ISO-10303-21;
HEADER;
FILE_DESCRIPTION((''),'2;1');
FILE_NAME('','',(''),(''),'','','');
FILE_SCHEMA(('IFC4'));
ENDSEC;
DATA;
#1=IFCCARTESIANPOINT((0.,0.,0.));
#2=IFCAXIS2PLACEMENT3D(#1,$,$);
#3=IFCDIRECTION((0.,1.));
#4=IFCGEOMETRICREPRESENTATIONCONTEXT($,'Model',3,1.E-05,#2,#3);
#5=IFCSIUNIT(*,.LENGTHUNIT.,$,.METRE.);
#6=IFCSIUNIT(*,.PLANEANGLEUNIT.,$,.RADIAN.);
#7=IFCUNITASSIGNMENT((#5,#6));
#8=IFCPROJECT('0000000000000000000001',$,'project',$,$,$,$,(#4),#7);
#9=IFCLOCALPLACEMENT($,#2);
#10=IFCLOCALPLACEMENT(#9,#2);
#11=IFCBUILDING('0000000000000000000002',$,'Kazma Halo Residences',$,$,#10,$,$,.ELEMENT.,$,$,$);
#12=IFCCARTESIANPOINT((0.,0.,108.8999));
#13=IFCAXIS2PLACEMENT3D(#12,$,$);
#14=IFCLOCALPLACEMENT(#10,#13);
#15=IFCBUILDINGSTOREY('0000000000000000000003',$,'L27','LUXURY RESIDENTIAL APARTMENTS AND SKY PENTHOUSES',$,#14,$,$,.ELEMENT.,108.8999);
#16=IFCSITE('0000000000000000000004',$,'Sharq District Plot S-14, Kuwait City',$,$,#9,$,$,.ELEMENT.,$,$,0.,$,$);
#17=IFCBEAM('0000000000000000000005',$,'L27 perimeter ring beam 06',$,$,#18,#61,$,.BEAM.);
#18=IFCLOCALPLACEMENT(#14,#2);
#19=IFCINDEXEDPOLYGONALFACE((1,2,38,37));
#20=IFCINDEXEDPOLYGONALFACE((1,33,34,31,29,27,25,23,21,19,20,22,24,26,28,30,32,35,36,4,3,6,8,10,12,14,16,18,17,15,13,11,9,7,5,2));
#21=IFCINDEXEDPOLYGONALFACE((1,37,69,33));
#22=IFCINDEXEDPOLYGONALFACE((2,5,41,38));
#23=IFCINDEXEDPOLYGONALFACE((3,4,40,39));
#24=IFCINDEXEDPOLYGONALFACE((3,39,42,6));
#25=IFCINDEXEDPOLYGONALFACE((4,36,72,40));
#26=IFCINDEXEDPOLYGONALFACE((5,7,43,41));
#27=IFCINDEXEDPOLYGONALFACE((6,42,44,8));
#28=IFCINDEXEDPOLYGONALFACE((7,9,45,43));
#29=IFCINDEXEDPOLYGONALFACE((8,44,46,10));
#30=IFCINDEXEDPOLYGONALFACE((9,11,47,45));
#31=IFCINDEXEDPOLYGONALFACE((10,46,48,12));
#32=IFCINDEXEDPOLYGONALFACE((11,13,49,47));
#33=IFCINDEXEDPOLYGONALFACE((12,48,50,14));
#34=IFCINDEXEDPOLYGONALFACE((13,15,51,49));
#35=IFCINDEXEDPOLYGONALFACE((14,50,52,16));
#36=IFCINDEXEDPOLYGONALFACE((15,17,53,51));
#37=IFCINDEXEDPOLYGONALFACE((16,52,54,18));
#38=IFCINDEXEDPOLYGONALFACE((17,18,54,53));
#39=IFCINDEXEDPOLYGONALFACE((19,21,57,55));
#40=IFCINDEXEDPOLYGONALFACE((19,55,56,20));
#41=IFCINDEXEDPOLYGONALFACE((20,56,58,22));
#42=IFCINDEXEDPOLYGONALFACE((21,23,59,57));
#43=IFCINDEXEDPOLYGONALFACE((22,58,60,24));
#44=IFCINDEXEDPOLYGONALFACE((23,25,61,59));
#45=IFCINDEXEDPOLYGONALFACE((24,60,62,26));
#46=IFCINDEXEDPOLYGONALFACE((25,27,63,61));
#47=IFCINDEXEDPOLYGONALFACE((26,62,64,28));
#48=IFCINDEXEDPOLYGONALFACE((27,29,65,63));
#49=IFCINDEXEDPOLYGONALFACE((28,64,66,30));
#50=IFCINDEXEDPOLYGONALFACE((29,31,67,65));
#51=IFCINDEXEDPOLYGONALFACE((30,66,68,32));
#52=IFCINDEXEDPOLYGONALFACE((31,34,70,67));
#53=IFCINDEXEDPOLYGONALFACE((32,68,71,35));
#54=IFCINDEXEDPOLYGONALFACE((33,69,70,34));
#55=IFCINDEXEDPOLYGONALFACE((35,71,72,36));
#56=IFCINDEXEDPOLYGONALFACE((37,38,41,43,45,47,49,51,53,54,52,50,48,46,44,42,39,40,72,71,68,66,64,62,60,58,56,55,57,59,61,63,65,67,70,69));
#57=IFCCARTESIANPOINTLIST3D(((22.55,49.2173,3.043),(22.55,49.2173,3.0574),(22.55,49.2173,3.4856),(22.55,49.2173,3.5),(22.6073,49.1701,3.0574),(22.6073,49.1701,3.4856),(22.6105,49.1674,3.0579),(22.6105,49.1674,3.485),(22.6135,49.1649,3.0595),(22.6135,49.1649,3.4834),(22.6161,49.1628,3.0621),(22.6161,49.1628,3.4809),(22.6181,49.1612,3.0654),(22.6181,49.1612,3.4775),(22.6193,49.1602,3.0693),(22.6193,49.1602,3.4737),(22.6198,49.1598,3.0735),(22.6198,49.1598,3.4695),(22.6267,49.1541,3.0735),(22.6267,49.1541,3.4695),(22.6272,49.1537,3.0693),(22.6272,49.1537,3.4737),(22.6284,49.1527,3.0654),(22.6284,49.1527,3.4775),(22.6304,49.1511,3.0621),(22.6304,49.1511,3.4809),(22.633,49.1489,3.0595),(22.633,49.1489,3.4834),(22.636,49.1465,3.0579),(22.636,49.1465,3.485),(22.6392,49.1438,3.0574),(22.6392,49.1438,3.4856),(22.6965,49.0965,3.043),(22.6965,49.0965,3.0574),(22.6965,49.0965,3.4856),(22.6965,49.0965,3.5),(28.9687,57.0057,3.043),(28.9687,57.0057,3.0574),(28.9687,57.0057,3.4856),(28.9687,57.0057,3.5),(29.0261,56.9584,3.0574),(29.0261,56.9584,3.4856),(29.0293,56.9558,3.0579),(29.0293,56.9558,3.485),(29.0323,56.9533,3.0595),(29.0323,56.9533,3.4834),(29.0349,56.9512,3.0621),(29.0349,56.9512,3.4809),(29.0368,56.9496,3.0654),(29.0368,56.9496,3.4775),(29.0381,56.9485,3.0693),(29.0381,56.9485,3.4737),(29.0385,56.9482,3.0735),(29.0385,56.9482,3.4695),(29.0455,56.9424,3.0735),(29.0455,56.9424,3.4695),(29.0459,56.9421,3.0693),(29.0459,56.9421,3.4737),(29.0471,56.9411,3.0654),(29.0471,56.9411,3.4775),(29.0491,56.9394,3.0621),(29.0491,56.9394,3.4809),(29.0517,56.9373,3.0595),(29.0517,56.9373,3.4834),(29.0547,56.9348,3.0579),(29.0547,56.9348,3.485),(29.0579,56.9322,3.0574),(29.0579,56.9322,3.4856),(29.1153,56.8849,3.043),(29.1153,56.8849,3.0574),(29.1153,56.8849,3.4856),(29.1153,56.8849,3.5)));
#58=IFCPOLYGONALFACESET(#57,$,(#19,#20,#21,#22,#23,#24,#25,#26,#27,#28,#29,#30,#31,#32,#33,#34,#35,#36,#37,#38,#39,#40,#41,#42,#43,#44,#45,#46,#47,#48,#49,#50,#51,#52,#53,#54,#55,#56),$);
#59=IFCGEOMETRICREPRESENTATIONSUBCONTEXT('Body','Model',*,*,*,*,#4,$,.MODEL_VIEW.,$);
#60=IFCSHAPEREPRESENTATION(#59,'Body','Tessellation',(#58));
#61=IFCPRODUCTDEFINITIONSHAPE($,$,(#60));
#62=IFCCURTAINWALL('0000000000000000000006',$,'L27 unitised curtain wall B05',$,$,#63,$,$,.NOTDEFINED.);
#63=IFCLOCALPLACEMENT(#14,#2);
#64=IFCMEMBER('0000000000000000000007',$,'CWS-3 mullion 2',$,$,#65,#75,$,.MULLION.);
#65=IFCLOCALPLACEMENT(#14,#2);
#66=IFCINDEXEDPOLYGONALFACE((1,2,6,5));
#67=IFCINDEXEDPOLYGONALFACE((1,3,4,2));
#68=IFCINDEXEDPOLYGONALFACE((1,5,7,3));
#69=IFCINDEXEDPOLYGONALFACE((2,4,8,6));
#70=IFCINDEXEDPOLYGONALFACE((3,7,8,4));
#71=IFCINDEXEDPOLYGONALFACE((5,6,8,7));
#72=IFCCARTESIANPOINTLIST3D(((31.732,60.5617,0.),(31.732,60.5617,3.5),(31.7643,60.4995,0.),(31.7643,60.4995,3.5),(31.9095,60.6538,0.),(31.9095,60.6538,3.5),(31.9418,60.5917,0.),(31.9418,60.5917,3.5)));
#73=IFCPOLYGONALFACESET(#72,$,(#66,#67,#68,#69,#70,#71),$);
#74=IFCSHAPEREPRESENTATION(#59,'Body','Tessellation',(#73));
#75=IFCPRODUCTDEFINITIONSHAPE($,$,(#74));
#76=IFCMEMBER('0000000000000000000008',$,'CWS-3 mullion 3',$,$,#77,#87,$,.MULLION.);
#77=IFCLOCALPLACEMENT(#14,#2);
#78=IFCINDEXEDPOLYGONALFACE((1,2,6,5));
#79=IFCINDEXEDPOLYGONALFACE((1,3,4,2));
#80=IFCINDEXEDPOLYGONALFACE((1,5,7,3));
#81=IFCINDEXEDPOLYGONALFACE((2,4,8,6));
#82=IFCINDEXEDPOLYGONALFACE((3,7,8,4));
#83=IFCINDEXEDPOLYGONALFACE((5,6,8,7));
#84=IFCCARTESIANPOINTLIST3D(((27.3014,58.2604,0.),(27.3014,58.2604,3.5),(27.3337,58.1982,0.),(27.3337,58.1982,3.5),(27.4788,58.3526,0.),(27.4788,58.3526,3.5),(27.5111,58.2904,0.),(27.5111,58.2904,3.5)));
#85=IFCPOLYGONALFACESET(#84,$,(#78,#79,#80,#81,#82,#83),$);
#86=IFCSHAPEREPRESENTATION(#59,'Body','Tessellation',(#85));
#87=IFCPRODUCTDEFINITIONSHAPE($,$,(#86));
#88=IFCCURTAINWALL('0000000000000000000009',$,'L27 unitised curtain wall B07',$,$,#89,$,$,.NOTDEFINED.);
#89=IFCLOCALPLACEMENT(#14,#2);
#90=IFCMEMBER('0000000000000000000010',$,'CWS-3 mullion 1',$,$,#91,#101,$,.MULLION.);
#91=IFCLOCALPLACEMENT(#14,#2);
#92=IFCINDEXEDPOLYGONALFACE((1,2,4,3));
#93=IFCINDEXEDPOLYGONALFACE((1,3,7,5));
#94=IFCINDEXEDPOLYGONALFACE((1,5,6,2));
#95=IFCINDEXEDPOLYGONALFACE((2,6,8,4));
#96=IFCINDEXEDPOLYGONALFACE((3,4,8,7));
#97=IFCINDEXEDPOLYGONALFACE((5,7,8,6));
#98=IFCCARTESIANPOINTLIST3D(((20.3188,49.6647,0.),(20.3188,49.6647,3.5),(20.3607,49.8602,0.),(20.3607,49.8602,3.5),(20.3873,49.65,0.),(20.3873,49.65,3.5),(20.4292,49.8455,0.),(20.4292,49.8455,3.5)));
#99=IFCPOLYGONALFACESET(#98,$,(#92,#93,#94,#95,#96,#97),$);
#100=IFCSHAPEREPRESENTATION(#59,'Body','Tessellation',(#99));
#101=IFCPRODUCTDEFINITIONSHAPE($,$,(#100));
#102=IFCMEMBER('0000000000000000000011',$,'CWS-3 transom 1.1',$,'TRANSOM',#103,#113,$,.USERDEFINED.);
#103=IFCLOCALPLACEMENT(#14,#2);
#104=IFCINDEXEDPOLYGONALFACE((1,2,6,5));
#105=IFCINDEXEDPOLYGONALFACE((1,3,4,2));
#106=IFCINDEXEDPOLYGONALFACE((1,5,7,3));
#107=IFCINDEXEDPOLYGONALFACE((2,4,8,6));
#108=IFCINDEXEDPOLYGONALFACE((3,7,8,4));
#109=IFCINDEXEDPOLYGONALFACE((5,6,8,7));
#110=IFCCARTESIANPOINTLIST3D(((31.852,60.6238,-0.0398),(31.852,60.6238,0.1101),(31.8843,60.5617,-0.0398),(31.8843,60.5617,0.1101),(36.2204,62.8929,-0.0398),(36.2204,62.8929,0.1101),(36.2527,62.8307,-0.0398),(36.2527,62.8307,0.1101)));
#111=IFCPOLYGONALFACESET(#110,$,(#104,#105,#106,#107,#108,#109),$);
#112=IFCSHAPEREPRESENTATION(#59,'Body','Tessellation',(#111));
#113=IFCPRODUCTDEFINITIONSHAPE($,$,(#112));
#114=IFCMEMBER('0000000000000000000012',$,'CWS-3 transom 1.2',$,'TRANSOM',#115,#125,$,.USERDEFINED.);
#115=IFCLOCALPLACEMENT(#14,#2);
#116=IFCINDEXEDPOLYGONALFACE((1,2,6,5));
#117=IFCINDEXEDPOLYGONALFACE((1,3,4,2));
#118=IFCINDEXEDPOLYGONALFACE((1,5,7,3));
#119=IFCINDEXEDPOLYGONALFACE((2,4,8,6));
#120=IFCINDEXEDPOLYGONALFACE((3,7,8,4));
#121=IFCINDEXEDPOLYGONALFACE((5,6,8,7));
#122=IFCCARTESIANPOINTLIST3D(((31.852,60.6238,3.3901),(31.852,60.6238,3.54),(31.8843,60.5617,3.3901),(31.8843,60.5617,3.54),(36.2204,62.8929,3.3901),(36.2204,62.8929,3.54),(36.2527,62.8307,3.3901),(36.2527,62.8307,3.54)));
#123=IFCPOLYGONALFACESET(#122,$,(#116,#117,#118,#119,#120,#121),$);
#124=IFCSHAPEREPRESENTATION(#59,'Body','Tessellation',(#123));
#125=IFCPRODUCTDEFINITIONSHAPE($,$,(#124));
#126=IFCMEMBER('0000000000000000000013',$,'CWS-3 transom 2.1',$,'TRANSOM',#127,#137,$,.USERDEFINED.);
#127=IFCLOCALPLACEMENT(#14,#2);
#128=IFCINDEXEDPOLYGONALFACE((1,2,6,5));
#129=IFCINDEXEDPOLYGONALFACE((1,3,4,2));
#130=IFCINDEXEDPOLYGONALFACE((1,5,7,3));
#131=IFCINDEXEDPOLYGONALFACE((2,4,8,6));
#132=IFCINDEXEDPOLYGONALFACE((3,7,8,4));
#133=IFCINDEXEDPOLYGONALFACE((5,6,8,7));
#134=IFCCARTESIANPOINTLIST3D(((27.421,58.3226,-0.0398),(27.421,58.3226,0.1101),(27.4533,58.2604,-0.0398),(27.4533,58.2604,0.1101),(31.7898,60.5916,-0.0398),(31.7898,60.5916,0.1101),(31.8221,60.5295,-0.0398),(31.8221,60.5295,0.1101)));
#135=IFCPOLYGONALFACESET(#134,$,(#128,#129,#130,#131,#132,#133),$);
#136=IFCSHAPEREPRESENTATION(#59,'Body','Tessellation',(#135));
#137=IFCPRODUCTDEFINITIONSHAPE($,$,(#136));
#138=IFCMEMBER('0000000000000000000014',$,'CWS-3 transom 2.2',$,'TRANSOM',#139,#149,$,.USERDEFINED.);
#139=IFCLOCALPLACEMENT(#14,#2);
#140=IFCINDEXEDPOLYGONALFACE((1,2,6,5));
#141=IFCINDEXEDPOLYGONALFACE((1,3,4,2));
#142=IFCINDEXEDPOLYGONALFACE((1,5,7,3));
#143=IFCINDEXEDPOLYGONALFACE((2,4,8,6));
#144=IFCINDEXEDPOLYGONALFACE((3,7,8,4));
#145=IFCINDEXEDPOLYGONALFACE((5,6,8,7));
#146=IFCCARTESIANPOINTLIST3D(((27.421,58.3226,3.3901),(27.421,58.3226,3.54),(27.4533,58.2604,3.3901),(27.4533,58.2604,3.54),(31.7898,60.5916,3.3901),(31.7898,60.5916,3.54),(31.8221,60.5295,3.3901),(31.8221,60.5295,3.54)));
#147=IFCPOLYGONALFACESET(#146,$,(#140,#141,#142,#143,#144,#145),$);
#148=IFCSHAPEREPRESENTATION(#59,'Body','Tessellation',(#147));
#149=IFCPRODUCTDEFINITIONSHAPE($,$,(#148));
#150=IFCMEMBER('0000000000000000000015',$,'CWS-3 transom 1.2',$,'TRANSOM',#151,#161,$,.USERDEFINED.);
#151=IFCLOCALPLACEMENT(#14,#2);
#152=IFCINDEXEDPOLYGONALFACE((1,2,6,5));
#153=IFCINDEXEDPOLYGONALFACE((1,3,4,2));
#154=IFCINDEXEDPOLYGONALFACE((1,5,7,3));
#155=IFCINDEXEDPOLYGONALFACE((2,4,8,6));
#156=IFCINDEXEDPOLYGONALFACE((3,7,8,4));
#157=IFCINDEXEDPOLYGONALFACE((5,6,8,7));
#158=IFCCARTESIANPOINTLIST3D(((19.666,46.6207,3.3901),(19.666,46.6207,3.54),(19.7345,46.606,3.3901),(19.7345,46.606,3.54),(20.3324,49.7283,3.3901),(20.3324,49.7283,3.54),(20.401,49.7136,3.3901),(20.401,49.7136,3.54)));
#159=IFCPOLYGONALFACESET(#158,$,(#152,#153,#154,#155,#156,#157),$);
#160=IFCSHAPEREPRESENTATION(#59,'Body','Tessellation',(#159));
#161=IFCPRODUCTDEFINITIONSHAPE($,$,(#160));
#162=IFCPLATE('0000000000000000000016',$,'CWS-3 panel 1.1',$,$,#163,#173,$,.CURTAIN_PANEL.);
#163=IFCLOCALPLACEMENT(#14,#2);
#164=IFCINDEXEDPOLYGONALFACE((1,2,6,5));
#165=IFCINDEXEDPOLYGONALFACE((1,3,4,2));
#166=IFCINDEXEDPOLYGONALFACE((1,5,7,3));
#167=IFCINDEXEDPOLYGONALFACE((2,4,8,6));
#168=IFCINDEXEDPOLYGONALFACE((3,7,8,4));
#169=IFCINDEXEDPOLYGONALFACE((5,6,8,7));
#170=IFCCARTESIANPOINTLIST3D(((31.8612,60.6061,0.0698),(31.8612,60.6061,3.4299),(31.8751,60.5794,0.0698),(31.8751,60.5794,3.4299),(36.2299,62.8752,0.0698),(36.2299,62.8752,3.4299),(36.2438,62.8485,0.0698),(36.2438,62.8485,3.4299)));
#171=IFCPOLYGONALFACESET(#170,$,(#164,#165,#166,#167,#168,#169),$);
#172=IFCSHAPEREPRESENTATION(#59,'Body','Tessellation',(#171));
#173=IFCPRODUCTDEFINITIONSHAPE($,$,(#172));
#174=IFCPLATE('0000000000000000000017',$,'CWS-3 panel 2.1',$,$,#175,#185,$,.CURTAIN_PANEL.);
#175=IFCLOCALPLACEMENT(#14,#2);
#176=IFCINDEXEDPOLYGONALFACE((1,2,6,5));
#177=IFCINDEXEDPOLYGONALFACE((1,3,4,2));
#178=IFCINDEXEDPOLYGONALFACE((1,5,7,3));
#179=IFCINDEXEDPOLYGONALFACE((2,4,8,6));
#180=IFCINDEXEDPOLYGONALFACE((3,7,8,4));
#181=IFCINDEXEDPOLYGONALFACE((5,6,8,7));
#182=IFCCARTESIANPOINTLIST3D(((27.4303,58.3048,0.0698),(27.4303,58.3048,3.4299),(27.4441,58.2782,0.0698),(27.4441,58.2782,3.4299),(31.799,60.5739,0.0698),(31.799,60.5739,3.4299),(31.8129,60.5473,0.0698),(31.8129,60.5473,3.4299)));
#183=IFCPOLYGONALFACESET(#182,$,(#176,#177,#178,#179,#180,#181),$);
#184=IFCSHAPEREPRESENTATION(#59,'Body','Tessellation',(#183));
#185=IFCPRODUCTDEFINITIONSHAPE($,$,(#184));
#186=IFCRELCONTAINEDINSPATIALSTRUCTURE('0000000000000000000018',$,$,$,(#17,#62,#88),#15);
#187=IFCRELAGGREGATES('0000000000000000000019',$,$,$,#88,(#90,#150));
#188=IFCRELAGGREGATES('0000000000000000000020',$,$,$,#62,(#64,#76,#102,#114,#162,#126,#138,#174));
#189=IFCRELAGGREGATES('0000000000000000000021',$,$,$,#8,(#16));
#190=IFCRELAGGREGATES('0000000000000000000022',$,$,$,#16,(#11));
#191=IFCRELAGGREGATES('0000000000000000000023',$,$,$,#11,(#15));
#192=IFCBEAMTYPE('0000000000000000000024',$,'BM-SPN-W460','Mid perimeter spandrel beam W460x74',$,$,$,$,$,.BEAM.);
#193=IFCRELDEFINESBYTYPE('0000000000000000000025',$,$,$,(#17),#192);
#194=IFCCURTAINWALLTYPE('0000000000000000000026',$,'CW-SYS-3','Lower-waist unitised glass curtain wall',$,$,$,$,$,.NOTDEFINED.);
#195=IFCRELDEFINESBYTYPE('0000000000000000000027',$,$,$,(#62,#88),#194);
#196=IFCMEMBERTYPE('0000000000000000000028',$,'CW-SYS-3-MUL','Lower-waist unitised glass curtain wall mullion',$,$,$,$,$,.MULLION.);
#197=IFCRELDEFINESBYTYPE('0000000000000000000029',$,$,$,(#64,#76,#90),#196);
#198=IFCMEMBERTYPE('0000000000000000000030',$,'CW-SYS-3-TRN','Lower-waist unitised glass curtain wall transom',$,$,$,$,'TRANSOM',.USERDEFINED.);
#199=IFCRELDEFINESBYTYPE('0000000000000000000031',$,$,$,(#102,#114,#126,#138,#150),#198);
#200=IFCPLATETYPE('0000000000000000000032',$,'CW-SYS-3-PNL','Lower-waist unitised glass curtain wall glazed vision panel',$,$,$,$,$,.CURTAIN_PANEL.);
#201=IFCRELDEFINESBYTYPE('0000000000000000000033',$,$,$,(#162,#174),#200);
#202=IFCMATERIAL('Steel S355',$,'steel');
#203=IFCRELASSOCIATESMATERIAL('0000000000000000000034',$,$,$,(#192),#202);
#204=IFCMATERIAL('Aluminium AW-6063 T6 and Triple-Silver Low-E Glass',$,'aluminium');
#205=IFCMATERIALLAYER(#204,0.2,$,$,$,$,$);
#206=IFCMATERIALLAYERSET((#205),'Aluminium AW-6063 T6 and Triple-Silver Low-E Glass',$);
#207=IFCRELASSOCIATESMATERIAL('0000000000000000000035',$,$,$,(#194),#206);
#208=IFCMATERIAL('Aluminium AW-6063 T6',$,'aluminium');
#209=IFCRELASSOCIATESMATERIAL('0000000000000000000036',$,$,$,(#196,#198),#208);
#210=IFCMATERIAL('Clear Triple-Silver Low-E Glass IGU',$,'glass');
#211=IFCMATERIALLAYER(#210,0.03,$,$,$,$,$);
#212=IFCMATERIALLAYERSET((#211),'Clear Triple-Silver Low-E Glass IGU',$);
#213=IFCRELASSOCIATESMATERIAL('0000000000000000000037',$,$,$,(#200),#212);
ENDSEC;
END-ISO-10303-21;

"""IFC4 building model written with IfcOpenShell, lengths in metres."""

from ifc_helpers import new_model, si_unit, direction, frame, origin, origin_2d, place, context, subcontext, project, spatial, rectangle, i_section, extrude, material, layer, layer_set, material_profile, profile_set, type_object, element, aggregate, save


model = new_model("IFC4")

# Units and contexts
model_context = context("Model", 3, precision=1e-05, world=origin(), true_north=direction((0.0, 1.0)))
body_context = subcontext(model_context, "Body", "Model", "MODEL_VIEW")
ifc_project = project(units=[si_unit("LENGTHUNIT", "METRE"), si_unit("PLANEANGLEUNIT", "RADIAN")], contexts=[model_context])

# Site, building, storey
site_placement = place(None, origin())
site = spatial("IfcSite", under=ifc_project, at=site_placement, Name="Sharq District Plot S-14, Kuwait City", CompositionType="ELEMENT", RefElevation=0.0)
building_placement = place(site_placement, origin())
building = spatial("IfcBuilding", under=site, at=building_placement, Name="Kazma Halo Residences", CompositionType="ELEMENT")
storey_placement = place(building_placement, frame((0.0, 0.0, 108.8999)))
storey = spatial("IfcBuildingStorey", under=building, at=storey_placement, Name="L27", Description="LUXURY RESIDENTIAL APARTMENTS AND SKY PENTHOUSES", CompositionType="ELEMENT", Elevation=108.8999)

# Beam
ifc_material_1 = material(Name="Steel S355", Category="steel")
ifc_material_profile_1 = material_profile(ifc_material_1, i_section(OverallWidth=0.1899, OverallDepth=0.457, WebThickness=0.009, FlangeThickness=0.0144, FilletRadius=0.0161, at=origin_2d()), Name="W460x74")
ifc_profile_set_1 = profile_set([ifc_material_profile_1], Name="Steel S355")
beam_type_1 = type_object("IfcBeamType", Name="BM-SPN-W460", Description="Mid perimeter spandrel beam W460x74", PredefinedType="BEAM", material=ifc_profile_set_1)
beam_1_placement = place(storey_placement, frame((29.042, 56.9453, 3.2715), z_axis=(-0.63599, -0.771698, 0.0), x_axis=(0.771698, -0.63599, 0.0)))
element("IfcBeam", 1, at=beam_1_placement, inside=storey, type_object=beam_type_1, Name="L27 perimeter ring beam 06", PredefinedType="BEAM", context=body_context, shape_type="SweptSolid", body=[
    extrude(i_section(OverallWidth=0.1899, OverallDepth=0.457, WebThickness=0.009, FlangeThickness=0.0144, FilletRadius=0.0161, at=origin_2d()), origin(), (0.0, 0.0, 1.0), 10.0925),
])

# Curtain wall, members
ifc_material_2 = material(Name="Aluminium AW-6063 T6 and Triple-Silver Low-E Glass", Category="aluminium")
ifc_layer_1 = layer(ifc_material_2, 0.2)
ifc_layer_set_1 = layer_set([ifc_layer_1], Name="Aluminium AW-6063 T6 and Triple-Silver Low-E Glass")
curtain_wall_type = type_object("IfcCurtainWallType", Name="CW-SYS-3", Description="Lower-waist unitised glass curtain wall", PredefinedType="NOTDEFINED", material=ifc_layer_set_1)
curtain_wall_1_placement = place(storey_placement, origin())
curtain_wall_1 = element("IfcCurtainWall", 2, at=curtain_wall_1_placement, inside=storey, type_object=curtain_wall_type, Name="L27 unitised curtain wall B05", PredefinedType="NOTDEFINED")
ifc_material_3 = material(Name="Aluminium AW-6063 T6", Category="aluminium")
ifc_material_profile_2 = material_profile(ifc_material_3, rectangle(XDim=0.0701, YDim=0.2, at=origin_2d()), Name="CWM-70x200")
ifc_profile_set_2 = profile_set([ifc_material_profile_2], Name="Aluminium AW-6063 T6")
member_type_1 = type_object("IfcMemberType", Name="CW-SYS-3-MUL", Description="Lower-waist unitised glass curtain wall mullion", PredefinedType="MULLION", material=ifc_profile_set_2)
member_1_placement = place(storey_placement, frame((31.8369, 60.5767, 0.0), z_axis=(0.0, 0.0, 1.0), x_axis=(0.460932, -0.887435, 0.0)))
member_1 = element("IfcMember", 3, at=member_1_placement, type_object=member_type_1, Name="CWS-3 mullion 2", PredefinedType="MULLION", context=body_context, shape_type="SweptSolid", body=[
    extrude(rectangle(XDim=0.0701, YDim=0.2, at=origin_2d()), origin(), (0.0, 0.0, 1.0), 3.5),
])
member_2_placement = place(storey_placement, frame((27.4062, 58.2754, 0.0), z_axis=(0.0, 0.0, 1.0), x_axis=(0.460932, -0.887435, 0.0)))
member_2 = element("IfcMember", 4, at=member_2_placement, type_object=member_type_1, Name="CWS-3 mullion 3", PredefinedType="MULLION", context=body_context, shape_type="SweptSolid", body=[
    extrude(rectangle(XDim=0.0701, YDim=0.2, at=origin_2d()), origin(), (0.0, 0.0, 1.0), 3.5),
])

# Curtain wall, member
curtain_wall_2_placement = place(storey_placement, origin())
curtain_wall_2 = element("IfcCurtainWall", 5, at=curtain_wall_2_placement, inside=storey, type_object=curtain_wall_type, Name="L27 unitised curtain wall B07", PredefinedType="NOTDEFINED")
member_3_placement = place(storey_placement, frame((20.374, 49.7551, 0.0), z_axis=(0.0, 0.0, 1.0), x_axis=(0.977774, -0.209661, 0.0)))
member_3 = element("IfcMember", 6, at=member_3_placement, type_object=member_type_1, Name="CWS-3 mullion 1", PredefinedType="MULLION", context=body_context, shape_type="SweptSolid", body=[
    extrude(rectangle(XDim=0.0701, YDim=0.2, at=origin_2d()), origin(), (0.0, 0.0, 1.0), 3.5),
])

# Members
ifc_material_profile_3 = material_profile(ifc_material_3, rectangle(XDim=0.0701, YDim=0.1499, at=origin_2d()), Name="CWT-70x150")
ifc_profile_set_3 = profile_set([ifc_material_profile_3], Name="Aluminium AW-6063 T6")
member_type_2 = type_object("IfcMemberType", Name="CW-SYS-3-TRN", Description="Lower-waist unitised glass curtain wall transom", ElementType="TRANSOM", PredefinedType="USERDEFINED", material=ifc_profile_set_3)
member_4_placement = place(storey_placement, frame((36.2366, 62.8618, 0.0352), z_axis=(-0.887427, -0.460948, 0.0), x_axis=(0.460948, -0.887427, 0.0)))
member_4 = element("IfcMember", 7, at=member_4_placement, type_object=member_type_2, Name="CWS-3 transom 1.1", ObjectType="TRANSOM", PredefinedType="USERDEFINED", context=body_context, shape_type="SweptSolid", body=[
    extrude(rectangle(XDim=0.0701, YDim=0.1499, at=origin_2d()), origin(), (0.0, 0.0, 1.0), 4.9226),
])
member_5_placement = place(storey_placement, frame((36.2366, 62.8618, 3.4651), z_axis=(-0.887427, -0.460948, 0.0), x_axis=(0.460948, -0.887427, 0.0)))
member_5 = element("IfcMember", 8, at=member_5_placement, type_object=member_type_2, Name="CWS-3 transom 1.2", ObjectType="TRANSOM", PredefinedType="USERDEFINED", context=body_context, shape_type="SweptSolid", body=[
    extrude(rectangle(XDim=0.0701, YDim=0.1499, at=origin_2d()), origin(), (0.0, 0.0, 1.0), 4.9226),
])
member_6_placement = place(storey_placement, frame((31.8059, 60.5605, 0.0352), z_axis=(-0.887438, -0.460928, 0.0), x_axis=(0.460928, -0.887438, 0.0)))
member_6 = element("IfcMember", 9, at=member_6_placement, type_object=member_type_2, Name="CWS-3 transom 2.1", ObjectType="TRANSOM", PredefinedType="USERDEFINED", context=body_context, shape_type="SweptSolid", body=[
    extrude(rectangle(XDim=0.0701, YDim=0.1499, at=origin_2d()), origin(), (0.0, 0.0, 1.0), 4.9229),
])
member_7_placement = place(storey_placement, frame((31.8059, 60.5605, 3.4651), z_axis=(-0.887438, -0.460928, 0.0), x_axis=(0.460928, -0.887438, 0.0)))
member_7 = element("IfcMember", 10, at=member_7_placement, type_object=member_type_2, Name="CWS-3 transom 2.2", ObjectType="TRANSOM", PredefinedType="USERDEFINED", context=body_context, shape_type="SweptSolid", body=[
    extrude(rectangle(XDim=0.0701, YDim=0.1499, at=origin_2d()), origin(), (0.0, 0.0, 1.0), 4.9229),
])
member_8_placement = place(storey_placement, frame((20.3667, 49.7209, 3.4651), z_axis=(-0.209702, -0.977765, 0.0), x_axis=(0.977765, -0.209702, 0.0)))
member_8 = element("IfcMember", 11, at=member_8_placement, type_object=member_type_2, Name="CWS-3 transom 1.2", ObjectType="TRANSOM", PredefinedType="USERDEFINED", context=body_context, shape_type="SweptSolid", body=[
    extrude(rectangle(XDim=0.0701, YDim=0.1499, at=origin_2d()), origin(), (0.0, 0.0, 1.0), 3.1782),
])
aggregate(curtain_wall_2, [member_3, member_8])

# Plates
ifc_material_4 = material(Name="Clear Triple-Silver Low-E Glass IGU", Category="glass")
ifc_layer_2 = layer(ifc_material_4, 0.03)
ifc_layer_set_2 = layer_set([ifc_layer_2], Name="Clear Triple-Silver Low-E Glass IGU")
plate_type = type_object("IfcPlateType", Name="CW-SYS-3-PNL", Description="Lower-waist unitised glass curtain wall glazed vision panel", PredefinedType="CURTAIN_PANEL", material=ifc_layer_set_2)
plate_1_placement = place(storey_placement, frame((34.0525, 61.7273, 0.0698), z_axis=(0.0, 0.0, 1.0), x_axis=(-0.887435, -0.460932, 0.0)))
plate_1 = element("IfcPlate", 12, at=plate_1_placement, type_object=plate_type, Name="CWS-3 panel 1.1", PredefinedType="CURTAIN_PANEL", context=body_context, shape_type="SweptSolid", body=[
    extrude(rectangle(XDim=4.9229, YDim=0.03, at=origin_2d()), origin(), (0.0, 0.0, 1.0), 3.3601),
])
plate_2_placement = place(storey_placement, frame((29.6216, 59.426, 0.0698), z_axis=(0.0, 0.0, 1.0), x_axis=(-0.887435, -0.460932, 0.0)))
plate_2 = element("IfcPlate", 13, at=plate_2_placement, type_object=plate_type, Name="CWS-3 panel 2.1", PredefinedType="CURTAIN_PANEL", context=body_context, shape_type="SweptSolid", body=[
    extrude(rectangle(XDim=4.9229, YDim=0.03, at=origin_2d()), origin(), (0.0, 0.0, 1.0), 3.3601),
])
aggregate(curtain_wall_1, [member_1, member_2, member_4, member_5, plate_1, member_6, member_7, plate_2])

save(model, "model.ifc")
